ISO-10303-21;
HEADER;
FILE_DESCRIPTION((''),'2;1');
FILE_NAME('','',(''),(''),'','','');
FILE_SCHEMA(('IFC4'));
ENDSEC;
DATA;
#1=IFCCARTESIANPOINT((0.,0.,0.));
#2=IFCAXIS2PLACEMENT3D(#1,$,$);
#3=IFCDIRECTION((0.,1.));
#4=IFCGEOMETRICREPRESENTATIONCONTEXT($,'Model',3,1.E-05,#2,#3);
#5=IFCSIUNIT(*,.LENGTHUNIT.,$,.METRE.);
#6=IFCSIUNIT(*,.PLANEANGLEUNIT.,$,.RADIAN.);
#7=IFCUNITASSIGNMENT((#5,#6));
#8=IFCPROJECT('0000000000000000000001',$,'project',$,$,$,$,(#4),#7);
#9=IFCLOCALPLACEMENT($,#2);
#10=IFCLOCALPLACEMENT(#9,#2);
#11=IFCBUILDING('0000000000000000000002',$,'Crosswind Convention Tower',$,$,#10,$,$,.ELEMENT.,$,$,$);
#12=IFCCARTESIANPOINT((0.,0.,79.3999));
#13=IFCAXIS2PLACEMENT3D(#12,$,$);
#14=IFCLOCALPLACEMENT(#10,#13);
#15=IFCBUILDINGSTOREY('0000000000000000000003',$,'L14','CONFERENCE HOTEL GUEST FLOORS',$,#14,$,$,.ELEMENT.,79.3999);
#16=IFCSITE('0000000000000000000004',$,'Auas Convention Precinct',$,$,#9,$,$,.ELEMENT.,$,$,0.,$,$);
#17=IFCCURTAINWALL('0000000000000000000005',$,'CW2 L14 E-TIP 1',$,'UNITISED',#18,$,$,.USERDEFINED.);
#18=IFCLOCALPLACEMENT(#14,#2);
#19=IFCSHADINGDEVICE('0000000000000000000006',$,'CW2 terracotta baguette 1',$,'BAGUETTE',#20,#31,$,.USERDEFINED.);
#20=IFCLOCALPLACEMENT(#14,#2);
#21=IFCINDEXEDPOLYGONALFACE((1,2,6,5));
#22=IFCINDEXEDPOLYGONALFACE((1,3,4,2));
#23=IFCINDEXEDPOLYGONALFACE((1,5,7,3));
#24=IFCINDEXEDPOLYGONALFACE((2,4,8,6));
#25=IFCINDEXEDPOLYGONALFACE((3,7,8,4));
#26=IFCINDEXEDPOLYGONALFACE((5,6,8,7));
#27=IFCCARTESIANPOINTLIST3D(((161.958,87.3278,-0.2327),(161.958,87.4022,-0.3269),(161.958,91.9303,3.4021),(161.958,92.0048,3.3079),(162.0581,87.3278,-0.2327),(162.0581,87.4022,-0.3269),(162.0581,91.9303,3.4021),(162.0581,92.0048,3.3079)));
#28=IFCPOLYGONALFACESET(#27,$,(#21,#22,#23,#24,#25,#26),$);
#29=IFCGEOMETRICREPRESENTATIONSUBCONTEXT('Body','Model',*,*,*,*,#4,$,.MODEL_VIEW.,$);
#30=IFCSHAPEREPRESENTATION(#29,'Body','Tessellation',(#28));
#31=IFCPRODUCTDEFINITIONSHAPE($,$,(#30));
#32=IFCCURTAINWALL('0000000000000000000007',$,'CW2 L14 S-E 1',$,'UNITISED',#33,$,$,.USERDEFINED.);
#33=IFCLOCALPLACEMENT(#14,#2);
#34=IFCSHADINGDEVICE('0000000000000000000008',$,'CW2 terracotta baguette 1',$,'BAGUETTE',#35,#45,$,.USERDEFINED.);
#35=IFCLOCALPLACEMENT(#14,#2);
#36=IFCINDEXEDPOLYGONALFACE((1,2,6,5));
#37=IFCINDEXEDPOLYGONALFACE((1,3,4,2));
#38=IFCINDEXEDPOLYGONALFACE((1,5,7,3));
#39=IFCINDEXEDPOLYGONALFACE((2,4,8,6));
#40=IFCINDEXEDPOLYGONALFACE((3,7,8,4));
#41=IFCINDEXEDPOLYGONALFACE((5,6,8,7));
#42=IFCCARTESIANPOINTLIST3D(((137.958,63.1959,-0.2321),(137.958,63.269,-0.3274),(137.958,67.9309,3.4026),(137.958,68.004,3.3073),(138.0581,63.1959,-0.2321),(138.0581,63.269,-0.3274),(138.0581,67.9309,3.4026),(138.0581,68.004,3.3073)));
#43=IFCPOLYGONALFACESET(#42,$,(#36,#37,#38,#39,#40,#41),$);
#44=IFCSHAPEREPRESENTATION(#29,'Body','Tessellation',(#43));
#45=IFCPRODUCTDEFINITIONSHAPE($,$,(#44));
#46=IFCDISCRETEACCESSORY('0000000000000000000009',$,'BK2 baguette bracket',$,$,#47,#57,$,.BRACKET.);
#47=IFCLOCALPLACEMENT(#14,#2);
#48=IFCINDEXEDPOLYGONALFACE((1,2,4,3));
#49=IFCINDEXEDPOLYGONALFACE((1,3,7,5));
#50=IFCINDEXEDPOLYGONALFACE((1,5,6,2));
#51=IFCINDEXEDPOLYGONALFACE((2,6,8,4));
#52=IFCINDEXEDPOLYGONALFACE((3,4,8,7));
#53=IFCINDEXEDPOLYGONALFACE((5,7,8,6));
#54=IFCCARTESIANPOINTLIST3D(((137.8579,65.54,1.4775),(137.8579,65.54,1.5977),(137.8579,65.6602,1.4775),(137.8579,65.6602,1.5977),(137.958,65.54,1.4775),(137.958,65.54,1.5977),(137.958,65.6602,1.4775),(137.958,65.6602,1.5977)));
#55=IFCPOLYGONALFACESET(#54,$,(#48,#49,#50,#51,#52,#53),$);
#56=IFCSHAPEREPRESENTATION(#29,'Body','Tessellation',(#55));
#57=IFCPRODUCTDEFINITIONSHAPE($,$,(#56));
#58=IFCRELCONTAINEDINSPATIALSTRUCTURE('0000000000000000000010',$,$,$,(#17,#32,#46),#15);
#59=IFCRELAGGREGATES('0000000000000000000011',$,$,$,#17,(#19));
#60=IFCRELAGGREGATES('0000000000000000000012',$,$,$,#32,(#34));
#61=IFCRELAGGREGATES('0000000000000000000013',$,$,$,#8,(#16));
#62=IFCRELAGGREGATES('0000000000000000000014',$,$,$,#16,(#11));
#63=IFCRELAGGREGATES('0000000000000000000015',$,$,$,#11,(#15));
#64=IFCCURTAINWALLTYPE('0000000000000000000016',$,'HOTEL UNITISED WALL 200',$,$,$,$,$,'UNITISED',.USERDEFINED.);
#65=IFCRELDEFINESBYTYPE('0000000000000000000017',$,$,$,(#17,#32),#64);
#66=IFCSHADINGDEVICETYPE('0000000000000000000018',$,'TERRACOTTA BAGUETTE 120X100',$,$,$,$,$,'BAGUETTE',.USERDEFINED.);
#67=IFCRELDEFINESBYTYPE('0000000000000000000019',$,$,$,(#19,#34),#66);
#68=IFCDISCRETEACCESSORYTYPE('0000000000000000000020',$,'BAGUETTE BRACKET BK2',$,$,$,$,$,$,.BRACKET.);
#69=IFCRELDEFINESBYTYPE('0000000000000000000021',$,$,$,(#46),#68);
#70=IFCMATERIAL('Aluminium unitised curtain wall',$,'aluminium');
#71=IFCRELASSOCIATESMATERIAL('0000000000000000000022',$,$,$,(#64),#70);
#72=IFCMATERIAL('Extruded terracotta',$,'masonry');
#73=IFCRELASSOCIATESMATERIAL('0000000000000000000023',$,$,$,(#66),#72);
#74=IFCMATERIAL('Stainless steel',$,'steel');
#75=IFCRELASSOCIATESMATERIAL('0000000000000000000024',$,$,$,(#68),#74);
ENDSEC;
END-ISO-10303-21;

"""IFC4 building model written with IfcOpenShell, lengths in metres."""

from ifc_helpers import new_model, si_unit, direction, frame, origin, origin_2d, place, context, subcontext, project, spatial, rectangle, extrude, material, material_profile, profile_set, type_object, element, aggregate, save


model = new_model("IFC4")

# Units and contexts
model_context = context("Model", 3, precision=1e-05, world=origin(), true_north=direction((0.0, 1.0)))
body_context = subcontext(model_context, "Body", "Model", "MODEL_VIEW")
ifc_project = project(units=[si_unit("LENGTHUNIT", "METRE"), si_unit("PLANEANGLEUNIT", "RADIAN")], contexts=[model_context])

# Site, building, storey
site_placement = place(None, origin())
site = spatial("IfcSite", under=ifc_project, at=site_placement, Name="Auas Convention Precinct", CompositionType="ELEMENT", RefElevation=0.0)
building_placement = place(site_placement, origin())
building = spatial("IfcBuilding", under=site, at=building_placement, Name="Crosswind Convention Tower", CompositionType="ELEMENT")
storey_placement = place(building_placement, frame((0.0, 0.0, 79.3999)))
storey = spatial("IfcBuildingStorey", under=building, at=storey_placement, Name="L14", Description="CONFERENCE HOTEL GUEST FLOORS", CompositionType="ELEMENT", Elevation=79.3999)

# Shared definitions
ifc_material_1 = material(Name="Aluminium unitised curtain wall", Category="aluminium")

# Curtain wall
curtain_wall_type_1 = type_object("IfcCurtainWallType", Name="HOTEL UNITISED WALL 200", ElementType="UNITISED", PredefinedType="USERDEFINED", material=ifc_material_1)
curtain_wall_1_placement = place(storey_placement, origin())
curtain_wall_1 = element("IfcCurtainWall", 1, at=curtain_wall_1_placement, inside=storey, type_object=curtain_wall_type_1, Name="CW2 L14 E-TIP 1", ObjectType="UNITISED", PredefinedType="USERDEFINED")

# Shading device
ifc_material_2 = material(Name="Extruded terracotta", Category="masonry")
ifc_material_profile_1 = material_profile(ifc_material_2, rectangle(XDim=0.1001, YDim=0.1201, at=origin_2d()), Name="TC 100X120")
ifc_profile_set_1 = profile_set([ifc_material_profile_1], Name="Extruded terracotta")
shading_device_type = type_object("IfcShadingDeviceType", Name="TERRACOTTA BAGUETTE 120X100", ElementType="BAGUETTE", PredefinedType="USERDEFINED", material=ifc_profile_set_1)
shading_device_1_placement = place(storey_placement, frame((162.0081, 87.365, -0.2798), z_axis=(0.0, 0.784785, 0.619768), x_axis=(-1.0, 0.0, 0.0)))
shading_device_1 = element("IfcShadingDevice", 2, at=shading_device_1_placement, type_object=shading_device_type, Name="CW2 terracotta baguette 1", ObjectType="BAGUETTE", PredefinedType="USERDEFINED", context=body_context, shape_type="SweptSolid", body=[
    extrude(rectangle(XDim=0.1001, YDim=0.1201, at=origin_2d()), origin(), (0.0, 0.0, 1.0), 5.8647),
])
aggregate(curtain_wall_1, [shading_device_1])

# Curtain wall, shading device
curtain_wall_2_placement = place(storey_placement, origin())
curtain_wall_2 = element("IfcCurtainWall", 3, at=curtain_wall_2_placement, inside=storey, type_object=curtain_wall_type_1, Name="CW2 L14 S-E 1", ObjectType="UNITISED", PredefinedType="USERDEFINED")
shading_device_2_placement = place(storey_placement, frame((138.0081, 63.2324, -0.2798), z_axis=(0.0, 0.793241, 0.608908), x_axis=(-1.0, 0.0, 0.0)))
shading_device_2 = element("IfcShadingDevice", 4, at=shading_device_2_placement, type_object=shading_device_type, Name="CW2 terracotta baguette 1", ObjectType="BAGUETTE", PredefinedType="USERDEFINED", context=body_context, shape_type="SweptSolid", body=[
    extrude(rectangle(XDim=0.1001, YDim=0.1201, at=origin_2d()), origin(), (0.0, 0.0, 1.0), 5.9692),
])
aggregate(curtain_wall_2, [shading_device_2])

# Discrete accessory
ifc_material_3 = material(Name="Stainless steel", Category="steel")
discrete_accessory_type = type_object("IfcDiscreteAccessoryType", Name="BAGUETTE BRACKET BK2", PredefinedType="BRACKET", material=ifc_material_3)
discrete_accessory_placement = place(storey_placement, frame((137.908, 65.6001, 1.4775), z_axis=(0.0, 0.0, 1.0), x_axis=(0.0, 1.0, 0.0)))
element("IfcDiscreteAccessory", 5, at=discrete_accessory_placement, inside=storey, type_object=discrete_accessory_type, Name="BK2 baguette bracket", PredefinedType="BRACKET", context=body_context, shape_type="SweptSolid", body=[
    extrude(rectangle(XDim=0.1201, YDim=0.1001, at=origin_2d()), origin(), (0.0, 0.0, 1.0), 0.1201),
])

save(model, "model.ifc")
